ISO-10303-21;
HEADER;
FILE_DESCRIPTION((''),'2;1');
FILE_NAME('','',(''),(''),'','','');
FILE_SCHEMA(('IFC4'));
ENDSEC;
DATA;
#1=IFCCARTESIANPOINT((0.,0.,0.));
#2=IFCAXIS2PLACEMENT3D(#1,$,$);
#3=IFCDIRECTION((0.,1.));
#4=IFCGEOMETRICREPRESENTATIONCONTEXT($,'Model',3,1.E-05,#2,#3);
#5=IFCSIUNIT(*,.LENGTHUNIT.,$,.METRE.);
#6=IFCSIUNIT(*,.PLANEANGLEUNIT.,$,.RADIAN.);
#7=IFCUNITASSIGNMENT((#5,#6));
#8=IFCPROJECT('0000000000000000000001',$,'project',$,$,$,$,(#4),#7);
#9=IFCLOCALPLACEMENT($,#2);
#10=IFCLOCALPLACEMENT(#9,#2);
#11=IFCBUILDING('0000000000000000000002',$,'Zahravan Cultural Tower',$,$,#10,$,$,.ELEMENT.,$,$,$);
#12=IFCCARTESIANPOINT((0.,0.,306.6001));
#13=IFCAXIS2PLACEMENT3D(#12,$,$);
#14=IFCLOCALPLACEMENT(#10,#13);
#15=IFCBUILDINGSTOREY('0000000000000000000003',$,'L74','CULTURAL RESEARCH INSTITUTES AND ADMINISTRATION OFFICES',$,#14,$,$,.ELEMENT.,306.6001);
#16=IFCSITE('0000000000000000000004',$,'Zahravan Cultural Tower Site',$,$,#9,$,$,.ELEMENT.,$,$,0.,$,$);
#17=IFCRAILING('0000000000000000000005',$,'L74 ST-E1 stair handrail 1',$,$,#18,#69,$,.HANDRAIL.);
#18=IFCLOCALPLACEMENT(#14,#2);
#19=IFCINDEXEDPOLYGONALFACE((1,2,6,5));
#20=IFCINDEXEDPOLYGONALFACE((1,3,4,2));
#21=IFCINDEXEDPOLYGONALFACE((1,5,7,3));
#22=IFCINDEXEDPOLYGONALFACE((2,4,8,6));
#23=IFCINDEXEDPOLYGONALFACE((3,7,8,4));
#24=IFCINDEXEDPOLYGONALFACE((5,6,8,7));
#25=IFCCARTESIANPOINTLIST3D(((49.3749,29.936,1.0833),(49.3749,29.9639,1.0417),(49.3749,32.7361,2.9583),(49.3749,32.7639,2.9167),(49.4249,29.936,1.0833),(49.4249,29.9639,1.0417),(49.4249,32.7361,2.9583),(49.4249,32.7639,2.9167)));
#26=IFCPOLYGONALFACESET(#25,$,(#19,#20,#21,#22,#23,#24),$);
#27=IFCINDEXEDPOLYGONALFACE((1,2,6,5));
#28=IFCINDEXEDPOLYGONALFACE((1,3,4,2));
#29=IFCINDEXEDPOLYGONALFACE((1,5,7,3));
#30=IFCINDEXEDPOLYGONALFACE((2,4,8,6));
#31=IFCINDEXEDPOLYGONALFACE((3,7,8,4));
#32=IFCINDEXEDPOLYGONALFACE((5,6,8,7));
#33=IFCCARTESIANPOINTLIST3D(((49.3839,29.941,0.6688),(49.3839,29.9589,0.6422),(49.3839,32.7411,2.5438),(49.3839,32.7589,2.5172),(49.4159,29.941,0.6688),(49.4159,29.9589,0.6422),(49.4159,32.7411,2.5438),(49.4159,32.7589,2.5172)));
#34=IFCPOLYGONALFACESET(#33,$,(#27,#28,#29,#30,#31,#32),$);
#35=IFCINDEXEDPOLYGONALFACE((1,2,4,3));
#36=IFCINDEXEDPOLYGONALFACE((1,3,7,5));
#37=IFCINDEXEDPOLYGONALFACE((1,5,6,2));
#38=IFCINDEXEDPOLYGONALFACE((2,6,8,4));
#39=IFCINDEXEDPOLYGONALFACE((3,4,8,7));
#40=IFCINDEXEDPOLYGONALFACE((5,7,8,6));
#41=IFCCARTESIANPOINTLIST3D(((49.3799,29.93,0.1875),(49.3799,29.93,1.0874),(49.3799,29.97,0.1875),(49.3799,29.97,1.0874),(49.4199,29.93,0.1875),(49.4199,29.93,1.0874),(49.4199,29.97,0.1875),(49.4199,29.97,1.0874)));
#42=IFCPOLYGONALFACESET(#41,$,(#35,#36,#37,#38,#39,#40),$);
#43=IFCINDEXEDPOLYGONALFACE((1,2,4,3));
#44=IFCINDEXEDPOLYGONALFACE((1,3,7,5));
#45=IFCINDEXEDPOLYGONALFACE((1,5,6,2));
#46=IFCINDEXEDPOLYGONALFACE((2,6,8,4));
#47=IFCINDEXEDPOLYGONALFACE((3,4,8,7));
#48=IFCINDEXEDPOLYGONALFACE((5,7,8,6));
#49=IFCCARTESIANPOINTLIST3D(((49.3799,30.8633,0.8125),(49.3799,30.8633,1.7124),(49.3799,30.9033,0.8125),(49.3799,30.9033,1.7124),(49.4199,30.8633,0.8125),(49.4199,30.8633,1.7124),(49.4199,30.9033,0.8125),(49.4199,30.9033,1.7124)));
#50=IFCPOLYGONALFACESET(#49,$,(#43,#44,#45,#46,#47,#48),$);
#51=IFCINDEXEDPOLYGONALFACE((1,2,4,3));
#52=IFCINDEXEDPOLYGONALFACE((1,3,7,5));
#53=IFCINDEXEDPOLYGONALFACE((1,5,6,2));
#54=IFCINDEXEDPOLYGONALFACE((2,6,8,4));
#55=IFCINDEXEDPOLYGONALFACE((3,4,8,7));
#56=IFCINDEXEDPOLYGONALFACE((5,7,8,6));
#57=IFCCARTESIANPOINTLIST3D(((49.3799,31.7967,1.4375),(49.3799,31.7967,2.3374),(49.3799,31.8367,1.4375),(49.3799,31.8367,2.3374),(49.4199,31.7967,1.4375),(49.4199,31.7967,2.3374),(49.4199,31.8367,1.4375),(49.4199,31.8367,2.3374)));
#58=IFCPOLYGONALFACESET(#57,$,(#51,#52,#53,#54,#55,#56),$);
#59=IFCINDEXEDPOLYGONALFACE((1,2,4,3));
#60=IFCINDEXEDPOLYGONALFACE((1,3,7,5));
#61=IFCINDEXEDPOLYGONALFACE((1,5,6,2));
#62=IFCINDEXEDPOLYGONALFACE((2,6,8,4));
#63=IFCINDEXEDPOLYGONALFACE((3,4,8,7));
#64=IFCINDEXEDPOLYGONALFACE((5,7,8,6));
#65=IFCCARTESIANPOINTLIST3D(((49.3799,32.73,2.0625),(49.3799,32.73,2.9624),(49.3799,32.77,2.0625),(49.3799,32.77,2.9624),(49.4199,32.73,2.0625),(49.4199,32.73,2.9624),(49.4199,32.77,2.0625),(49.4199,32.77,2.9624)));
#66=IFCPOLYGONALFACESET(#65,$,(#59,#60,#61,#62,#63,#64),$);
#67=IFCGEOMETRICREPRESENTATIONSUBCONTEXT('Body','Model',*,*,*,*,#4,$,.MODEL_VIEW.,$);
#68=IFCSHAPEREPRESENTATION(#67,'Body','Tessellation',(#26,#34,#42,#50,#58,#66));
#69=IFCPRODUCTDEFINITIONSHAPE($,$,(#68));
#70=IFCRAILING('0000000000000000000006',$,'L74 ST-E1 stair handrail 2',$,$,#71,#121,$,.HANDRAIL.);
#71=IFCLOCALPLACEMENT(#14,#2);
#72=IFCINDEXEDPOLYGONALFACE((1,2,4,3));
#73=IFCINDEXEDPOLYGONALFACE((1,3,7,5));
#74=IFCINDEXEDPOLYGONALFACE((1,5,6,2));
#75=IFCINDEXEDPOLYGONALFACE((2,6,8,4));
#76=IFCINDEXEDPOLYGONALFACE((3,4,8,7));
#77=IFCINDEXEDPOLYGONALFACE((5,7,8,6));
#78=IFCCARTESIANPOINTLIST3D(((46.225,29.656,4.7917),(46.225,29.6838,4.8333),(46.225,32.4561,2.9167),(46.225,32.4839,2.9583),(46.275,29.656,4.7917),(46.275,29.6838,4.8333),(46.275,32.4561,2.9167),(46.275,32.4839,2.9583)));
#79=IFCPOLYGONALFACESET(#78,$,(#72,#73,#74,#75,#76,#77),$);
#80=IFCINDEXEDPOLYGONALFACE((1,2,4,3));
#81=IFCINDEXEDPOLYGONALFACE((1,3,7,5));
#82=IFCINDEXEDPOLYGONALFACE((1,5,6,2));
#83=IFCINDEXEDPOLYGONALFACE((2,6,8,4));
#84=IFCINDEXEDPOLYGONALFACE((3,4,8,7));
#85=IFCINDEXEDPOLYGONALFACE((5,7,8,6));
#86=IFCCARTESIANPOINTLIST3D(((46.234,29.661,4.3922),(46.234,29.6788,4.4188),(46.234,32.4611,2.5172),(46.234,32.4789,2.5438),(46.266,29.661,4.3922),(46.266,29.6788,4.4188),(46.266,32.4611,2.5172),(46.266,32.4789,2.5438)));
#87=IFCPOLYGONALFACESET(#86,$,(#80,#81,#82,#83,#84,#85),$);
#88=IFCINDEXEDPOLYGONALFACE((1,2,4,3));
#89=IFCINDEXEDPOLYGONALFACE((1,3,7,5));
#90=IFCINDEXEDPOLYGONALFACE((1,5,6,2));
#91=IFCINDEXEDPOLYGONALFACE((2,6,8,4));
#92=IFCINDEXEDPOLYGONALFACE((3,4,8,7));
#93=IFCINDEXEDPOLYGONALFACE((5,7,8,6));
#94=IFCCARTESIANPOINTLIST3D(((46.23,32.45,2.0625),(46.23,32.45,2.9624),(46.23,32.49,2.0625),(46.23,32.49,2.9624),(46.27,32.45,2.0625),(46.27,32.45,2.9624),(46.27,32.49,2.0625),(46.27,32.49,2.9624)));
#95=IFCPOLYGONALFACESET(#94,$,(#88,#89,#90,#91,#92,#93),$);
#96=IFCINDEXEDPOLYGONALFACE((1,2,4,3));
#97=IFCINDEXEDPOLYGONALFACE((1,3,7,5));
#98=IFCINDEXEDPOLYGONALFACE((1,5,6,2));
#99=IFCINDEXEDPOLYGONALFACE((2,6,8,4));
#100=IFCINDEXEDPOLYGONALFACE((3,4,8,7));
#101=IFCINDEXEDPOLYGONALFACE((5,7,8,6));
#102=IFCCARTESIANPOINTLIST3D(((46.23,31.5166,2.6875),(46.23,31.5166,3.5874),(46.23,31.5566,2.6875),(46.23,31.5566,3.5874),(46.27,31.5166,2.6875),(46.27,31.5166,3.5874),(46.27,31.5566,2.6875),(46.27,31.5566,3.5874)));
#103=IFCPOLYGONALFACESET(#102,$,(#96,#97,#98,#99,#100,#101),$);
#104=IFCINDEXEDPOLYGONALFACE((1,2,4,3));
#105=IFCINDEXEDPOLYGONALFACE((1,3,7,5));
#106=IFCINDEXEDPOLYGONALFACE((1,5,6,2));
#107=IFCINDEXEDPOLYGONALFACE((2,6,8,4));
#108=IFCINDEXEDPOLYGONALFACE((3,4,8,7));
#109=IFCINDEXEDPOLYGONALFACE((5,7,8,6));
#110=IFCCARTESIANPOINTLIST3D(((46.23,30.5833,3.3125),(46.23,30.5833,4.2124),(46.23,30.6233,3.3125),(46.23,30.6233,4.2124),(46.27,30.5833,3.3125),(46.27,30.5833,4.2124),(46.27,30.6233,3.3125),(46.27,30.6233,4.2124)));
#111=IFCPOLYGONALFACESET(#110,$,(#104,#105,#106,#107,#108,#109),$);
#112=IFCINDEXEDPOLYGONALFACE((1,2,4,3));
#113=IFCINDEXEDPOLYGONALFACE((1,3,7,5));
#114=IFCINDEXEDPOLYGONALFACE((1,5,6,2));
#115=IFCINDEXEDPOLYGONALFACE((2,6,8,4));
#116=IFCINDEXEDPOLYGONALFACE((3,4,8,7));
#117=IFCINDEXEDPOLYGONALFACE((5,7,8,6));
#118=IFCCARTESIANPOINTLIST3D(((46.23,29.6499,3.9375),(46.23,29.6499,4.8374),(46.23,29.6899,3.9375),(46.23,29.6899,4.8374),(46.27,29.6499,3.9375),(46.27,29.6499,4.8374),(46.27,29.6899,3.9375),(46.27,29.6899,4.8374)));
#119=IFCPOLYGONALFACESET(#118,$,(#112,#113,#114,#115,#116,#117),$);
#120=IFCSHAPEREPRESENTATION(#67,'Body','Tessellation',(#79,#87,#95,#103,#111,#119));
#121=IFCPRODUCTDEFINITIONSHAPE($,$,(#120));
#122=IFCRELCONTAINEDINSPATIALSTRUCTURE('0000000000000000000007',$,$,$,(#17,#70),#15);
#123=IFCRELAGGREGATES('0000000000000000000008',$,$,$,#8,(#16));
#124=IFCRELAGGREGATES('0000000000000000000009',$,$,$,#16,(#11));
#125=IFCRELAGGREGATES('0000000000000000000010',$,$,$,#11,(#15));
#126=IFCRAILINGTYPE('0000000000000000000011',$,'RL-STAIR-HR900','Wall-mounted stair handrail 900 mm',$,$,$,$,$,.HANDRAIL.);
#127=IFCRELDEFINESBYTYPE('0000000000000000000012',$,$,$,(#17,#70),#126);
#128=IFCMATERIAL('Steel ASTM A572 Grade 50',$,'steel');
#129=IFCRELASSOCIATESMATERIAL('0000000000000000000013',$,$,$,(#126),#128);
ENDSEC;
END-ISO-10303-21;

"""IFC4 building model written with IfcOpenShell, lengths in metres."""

from ifc_helpers import new_model, si_unit, direction, frame, origin, origin_2d, place, context, subcontext, project, spatial, rectangle, extrude, material, type_object, element, save


model = new_model("IFC4")

# Units and contexts
model_context = context("Model", 3, precision=1e-05, world=origin(), true_north=direction((0.0, 1.0)))
body_context = subcontext(model_context, "Body", "Model", "MODEL_VIEW")
ifc_project = project(units=[si_unit("LENGTHUNIT", "METRE"), si_unit("PLANEANGLEUNIT", "RADIAN")], contexts=[model_context])

# Site, building, storey
site_placement = place(None, origin())
site = spatial("IfcSite", under=ifc_project, at=site_placement, Name="Zahravan Cultural Tower Site", CompositionType="ELEMENT", RefElevation=0.0)
building_placement = place(site_placement, origin())
building = spatial("IfcBuilding", under=site, at=building_placement, Name="Zahravan Cultural Tower", CompositionType="ELEMENT")
storey_placement = place(building_placement, frame((0.0, 0.0, 306.6001)))
storey = spatial("IfcBuildingStorey", under=building, at=storey_placement, Name="L74", Description="CULTURAL RESEARCH INSTITUTES AND ADMINISTRATION OFFICES", CompositionType="ELEMENT", Elevation=306.6001)

# Shared definitions
ifc_material_1 = material(Name="Steel ASTM A572 Grade 50", Category="steel")

# Railings
railing_type_1 = type_object("IfcRailingType", Name="RL-STAIR-HR900", Description="Wall-mounted stair handrail 900 mm", PredefinedType="HANDRAIL", material=ifc_material_1)
railing_1_placement = place(storey_placement, frame((49.3999, 29.95, 0.1875)))
element("IfcRailing", 1, at=railing_1_placement, inside=storey, type_object=railing_type_1, Name="L74 ST-E1 stair handrail 1", PredefinedType="HANDRAIL", context=body_context, shape_type="SweptSolid", body=[
    extrude(rectangle(XDim=0.05, YDim=0.05, at=origin_2d()), frame((0.0, 0.0, 0.875), z_axis=(0.0, 0.830912, 0.556404), x_axis=(-1.0, 0.0, 0.0)), (0.0, 0.0, 1.0), 3.3699),
    extrude(rectangle(XDim=0.032, YDim=0.032, at=origin_2d()), frame((0.0, 0.0, 0.468), z_axis=(0.0, 0.830912, 0.556404), x_axis=(-1.0, 0.0, 0.0)), (0.0, 0.0, 1.0), 3.3699),
    extrude(rectangle(XDim=0.04, YDim=0.04, at=origin_2d()), origin(), (0.0, 0.0, 1.0), 0.8999),
    extrude(rectangle(XDim=0.04, YDim=0.04, at=origin_2d()), frame((0.0, 0.9333, 0.625)), (0.0, 0.0, 1.0), 0.8999),
    extrude(rectangle(XDim=0.04, YDim=0.04, at=origin_2d()), frame((0.0, 1.8667, 1.25)), (0.0, 0.0, 1.0), 0.8999),
    extrude(rectangle(XDim=0.04, YDim=0.04, at=origin_2d()), frame((0.0, 2.8, 1.875)), (0.0, 0.0, 1.0), 0.8999),
])
railing_2_placement = place(storey_placement, frame((46.25, 32.47, 2.0625)))
element("IfcRailing", 2, at=railing_2_placement, inside=storey, type_object=railing_type_1, Name="L74 ST-E1 stair handrail 2", PredefinedType="HANDRAIL", context=body_context, shape_type="SweptSolid", body=[
    extrude(rectangle(XDim=0.05, YDim=0.05, at=origin_2d()), frame((0.0, 0.0, 0.875), z_axis=(0.0, -0.830912, 0.556404), x_axis=(1.0, 0.0, 0.0)), (0.0, 0.0, 1.0), 3.3699),
    extrude(rectangle(XDim=0.032, YDim=0.032, at=origin_2d()), frame((0.0, 0.0, 0.468), z_axis=(0.0, -0.830912, 0.556404), x_axis=(1.0, 0.0, 0.0)), (0.0, 0.0, 1.0), 3.3699),
    extrude(rectangle(XDim=0.04, YDim=0.04, at=origin_2d()), origin(), (0.0, 0.0, 1.0), 0.8999),
    extrude(rectangle(XDim=0.04, YDim=0.04, at=origin_2d()), frame((0.0, -0.9333, 0.625)), (0.0, 0.0, 1.0), 0.8999),
    extrude(rectangle(XDim=0.04, YDim=0.04, at=origin_2d()), frame((0.0, -1.8667, 1.25)), (0.0, 0.0, 1.0), 0.8999),
    extrude(rectangle(XDim=0.04, YDim=0.04, at=origin_2d()), frame((0.0, -2.8, 1.875)), (0.0, 0.0, 1.0), 0.8999),
])

save(model, "model.ifc")
